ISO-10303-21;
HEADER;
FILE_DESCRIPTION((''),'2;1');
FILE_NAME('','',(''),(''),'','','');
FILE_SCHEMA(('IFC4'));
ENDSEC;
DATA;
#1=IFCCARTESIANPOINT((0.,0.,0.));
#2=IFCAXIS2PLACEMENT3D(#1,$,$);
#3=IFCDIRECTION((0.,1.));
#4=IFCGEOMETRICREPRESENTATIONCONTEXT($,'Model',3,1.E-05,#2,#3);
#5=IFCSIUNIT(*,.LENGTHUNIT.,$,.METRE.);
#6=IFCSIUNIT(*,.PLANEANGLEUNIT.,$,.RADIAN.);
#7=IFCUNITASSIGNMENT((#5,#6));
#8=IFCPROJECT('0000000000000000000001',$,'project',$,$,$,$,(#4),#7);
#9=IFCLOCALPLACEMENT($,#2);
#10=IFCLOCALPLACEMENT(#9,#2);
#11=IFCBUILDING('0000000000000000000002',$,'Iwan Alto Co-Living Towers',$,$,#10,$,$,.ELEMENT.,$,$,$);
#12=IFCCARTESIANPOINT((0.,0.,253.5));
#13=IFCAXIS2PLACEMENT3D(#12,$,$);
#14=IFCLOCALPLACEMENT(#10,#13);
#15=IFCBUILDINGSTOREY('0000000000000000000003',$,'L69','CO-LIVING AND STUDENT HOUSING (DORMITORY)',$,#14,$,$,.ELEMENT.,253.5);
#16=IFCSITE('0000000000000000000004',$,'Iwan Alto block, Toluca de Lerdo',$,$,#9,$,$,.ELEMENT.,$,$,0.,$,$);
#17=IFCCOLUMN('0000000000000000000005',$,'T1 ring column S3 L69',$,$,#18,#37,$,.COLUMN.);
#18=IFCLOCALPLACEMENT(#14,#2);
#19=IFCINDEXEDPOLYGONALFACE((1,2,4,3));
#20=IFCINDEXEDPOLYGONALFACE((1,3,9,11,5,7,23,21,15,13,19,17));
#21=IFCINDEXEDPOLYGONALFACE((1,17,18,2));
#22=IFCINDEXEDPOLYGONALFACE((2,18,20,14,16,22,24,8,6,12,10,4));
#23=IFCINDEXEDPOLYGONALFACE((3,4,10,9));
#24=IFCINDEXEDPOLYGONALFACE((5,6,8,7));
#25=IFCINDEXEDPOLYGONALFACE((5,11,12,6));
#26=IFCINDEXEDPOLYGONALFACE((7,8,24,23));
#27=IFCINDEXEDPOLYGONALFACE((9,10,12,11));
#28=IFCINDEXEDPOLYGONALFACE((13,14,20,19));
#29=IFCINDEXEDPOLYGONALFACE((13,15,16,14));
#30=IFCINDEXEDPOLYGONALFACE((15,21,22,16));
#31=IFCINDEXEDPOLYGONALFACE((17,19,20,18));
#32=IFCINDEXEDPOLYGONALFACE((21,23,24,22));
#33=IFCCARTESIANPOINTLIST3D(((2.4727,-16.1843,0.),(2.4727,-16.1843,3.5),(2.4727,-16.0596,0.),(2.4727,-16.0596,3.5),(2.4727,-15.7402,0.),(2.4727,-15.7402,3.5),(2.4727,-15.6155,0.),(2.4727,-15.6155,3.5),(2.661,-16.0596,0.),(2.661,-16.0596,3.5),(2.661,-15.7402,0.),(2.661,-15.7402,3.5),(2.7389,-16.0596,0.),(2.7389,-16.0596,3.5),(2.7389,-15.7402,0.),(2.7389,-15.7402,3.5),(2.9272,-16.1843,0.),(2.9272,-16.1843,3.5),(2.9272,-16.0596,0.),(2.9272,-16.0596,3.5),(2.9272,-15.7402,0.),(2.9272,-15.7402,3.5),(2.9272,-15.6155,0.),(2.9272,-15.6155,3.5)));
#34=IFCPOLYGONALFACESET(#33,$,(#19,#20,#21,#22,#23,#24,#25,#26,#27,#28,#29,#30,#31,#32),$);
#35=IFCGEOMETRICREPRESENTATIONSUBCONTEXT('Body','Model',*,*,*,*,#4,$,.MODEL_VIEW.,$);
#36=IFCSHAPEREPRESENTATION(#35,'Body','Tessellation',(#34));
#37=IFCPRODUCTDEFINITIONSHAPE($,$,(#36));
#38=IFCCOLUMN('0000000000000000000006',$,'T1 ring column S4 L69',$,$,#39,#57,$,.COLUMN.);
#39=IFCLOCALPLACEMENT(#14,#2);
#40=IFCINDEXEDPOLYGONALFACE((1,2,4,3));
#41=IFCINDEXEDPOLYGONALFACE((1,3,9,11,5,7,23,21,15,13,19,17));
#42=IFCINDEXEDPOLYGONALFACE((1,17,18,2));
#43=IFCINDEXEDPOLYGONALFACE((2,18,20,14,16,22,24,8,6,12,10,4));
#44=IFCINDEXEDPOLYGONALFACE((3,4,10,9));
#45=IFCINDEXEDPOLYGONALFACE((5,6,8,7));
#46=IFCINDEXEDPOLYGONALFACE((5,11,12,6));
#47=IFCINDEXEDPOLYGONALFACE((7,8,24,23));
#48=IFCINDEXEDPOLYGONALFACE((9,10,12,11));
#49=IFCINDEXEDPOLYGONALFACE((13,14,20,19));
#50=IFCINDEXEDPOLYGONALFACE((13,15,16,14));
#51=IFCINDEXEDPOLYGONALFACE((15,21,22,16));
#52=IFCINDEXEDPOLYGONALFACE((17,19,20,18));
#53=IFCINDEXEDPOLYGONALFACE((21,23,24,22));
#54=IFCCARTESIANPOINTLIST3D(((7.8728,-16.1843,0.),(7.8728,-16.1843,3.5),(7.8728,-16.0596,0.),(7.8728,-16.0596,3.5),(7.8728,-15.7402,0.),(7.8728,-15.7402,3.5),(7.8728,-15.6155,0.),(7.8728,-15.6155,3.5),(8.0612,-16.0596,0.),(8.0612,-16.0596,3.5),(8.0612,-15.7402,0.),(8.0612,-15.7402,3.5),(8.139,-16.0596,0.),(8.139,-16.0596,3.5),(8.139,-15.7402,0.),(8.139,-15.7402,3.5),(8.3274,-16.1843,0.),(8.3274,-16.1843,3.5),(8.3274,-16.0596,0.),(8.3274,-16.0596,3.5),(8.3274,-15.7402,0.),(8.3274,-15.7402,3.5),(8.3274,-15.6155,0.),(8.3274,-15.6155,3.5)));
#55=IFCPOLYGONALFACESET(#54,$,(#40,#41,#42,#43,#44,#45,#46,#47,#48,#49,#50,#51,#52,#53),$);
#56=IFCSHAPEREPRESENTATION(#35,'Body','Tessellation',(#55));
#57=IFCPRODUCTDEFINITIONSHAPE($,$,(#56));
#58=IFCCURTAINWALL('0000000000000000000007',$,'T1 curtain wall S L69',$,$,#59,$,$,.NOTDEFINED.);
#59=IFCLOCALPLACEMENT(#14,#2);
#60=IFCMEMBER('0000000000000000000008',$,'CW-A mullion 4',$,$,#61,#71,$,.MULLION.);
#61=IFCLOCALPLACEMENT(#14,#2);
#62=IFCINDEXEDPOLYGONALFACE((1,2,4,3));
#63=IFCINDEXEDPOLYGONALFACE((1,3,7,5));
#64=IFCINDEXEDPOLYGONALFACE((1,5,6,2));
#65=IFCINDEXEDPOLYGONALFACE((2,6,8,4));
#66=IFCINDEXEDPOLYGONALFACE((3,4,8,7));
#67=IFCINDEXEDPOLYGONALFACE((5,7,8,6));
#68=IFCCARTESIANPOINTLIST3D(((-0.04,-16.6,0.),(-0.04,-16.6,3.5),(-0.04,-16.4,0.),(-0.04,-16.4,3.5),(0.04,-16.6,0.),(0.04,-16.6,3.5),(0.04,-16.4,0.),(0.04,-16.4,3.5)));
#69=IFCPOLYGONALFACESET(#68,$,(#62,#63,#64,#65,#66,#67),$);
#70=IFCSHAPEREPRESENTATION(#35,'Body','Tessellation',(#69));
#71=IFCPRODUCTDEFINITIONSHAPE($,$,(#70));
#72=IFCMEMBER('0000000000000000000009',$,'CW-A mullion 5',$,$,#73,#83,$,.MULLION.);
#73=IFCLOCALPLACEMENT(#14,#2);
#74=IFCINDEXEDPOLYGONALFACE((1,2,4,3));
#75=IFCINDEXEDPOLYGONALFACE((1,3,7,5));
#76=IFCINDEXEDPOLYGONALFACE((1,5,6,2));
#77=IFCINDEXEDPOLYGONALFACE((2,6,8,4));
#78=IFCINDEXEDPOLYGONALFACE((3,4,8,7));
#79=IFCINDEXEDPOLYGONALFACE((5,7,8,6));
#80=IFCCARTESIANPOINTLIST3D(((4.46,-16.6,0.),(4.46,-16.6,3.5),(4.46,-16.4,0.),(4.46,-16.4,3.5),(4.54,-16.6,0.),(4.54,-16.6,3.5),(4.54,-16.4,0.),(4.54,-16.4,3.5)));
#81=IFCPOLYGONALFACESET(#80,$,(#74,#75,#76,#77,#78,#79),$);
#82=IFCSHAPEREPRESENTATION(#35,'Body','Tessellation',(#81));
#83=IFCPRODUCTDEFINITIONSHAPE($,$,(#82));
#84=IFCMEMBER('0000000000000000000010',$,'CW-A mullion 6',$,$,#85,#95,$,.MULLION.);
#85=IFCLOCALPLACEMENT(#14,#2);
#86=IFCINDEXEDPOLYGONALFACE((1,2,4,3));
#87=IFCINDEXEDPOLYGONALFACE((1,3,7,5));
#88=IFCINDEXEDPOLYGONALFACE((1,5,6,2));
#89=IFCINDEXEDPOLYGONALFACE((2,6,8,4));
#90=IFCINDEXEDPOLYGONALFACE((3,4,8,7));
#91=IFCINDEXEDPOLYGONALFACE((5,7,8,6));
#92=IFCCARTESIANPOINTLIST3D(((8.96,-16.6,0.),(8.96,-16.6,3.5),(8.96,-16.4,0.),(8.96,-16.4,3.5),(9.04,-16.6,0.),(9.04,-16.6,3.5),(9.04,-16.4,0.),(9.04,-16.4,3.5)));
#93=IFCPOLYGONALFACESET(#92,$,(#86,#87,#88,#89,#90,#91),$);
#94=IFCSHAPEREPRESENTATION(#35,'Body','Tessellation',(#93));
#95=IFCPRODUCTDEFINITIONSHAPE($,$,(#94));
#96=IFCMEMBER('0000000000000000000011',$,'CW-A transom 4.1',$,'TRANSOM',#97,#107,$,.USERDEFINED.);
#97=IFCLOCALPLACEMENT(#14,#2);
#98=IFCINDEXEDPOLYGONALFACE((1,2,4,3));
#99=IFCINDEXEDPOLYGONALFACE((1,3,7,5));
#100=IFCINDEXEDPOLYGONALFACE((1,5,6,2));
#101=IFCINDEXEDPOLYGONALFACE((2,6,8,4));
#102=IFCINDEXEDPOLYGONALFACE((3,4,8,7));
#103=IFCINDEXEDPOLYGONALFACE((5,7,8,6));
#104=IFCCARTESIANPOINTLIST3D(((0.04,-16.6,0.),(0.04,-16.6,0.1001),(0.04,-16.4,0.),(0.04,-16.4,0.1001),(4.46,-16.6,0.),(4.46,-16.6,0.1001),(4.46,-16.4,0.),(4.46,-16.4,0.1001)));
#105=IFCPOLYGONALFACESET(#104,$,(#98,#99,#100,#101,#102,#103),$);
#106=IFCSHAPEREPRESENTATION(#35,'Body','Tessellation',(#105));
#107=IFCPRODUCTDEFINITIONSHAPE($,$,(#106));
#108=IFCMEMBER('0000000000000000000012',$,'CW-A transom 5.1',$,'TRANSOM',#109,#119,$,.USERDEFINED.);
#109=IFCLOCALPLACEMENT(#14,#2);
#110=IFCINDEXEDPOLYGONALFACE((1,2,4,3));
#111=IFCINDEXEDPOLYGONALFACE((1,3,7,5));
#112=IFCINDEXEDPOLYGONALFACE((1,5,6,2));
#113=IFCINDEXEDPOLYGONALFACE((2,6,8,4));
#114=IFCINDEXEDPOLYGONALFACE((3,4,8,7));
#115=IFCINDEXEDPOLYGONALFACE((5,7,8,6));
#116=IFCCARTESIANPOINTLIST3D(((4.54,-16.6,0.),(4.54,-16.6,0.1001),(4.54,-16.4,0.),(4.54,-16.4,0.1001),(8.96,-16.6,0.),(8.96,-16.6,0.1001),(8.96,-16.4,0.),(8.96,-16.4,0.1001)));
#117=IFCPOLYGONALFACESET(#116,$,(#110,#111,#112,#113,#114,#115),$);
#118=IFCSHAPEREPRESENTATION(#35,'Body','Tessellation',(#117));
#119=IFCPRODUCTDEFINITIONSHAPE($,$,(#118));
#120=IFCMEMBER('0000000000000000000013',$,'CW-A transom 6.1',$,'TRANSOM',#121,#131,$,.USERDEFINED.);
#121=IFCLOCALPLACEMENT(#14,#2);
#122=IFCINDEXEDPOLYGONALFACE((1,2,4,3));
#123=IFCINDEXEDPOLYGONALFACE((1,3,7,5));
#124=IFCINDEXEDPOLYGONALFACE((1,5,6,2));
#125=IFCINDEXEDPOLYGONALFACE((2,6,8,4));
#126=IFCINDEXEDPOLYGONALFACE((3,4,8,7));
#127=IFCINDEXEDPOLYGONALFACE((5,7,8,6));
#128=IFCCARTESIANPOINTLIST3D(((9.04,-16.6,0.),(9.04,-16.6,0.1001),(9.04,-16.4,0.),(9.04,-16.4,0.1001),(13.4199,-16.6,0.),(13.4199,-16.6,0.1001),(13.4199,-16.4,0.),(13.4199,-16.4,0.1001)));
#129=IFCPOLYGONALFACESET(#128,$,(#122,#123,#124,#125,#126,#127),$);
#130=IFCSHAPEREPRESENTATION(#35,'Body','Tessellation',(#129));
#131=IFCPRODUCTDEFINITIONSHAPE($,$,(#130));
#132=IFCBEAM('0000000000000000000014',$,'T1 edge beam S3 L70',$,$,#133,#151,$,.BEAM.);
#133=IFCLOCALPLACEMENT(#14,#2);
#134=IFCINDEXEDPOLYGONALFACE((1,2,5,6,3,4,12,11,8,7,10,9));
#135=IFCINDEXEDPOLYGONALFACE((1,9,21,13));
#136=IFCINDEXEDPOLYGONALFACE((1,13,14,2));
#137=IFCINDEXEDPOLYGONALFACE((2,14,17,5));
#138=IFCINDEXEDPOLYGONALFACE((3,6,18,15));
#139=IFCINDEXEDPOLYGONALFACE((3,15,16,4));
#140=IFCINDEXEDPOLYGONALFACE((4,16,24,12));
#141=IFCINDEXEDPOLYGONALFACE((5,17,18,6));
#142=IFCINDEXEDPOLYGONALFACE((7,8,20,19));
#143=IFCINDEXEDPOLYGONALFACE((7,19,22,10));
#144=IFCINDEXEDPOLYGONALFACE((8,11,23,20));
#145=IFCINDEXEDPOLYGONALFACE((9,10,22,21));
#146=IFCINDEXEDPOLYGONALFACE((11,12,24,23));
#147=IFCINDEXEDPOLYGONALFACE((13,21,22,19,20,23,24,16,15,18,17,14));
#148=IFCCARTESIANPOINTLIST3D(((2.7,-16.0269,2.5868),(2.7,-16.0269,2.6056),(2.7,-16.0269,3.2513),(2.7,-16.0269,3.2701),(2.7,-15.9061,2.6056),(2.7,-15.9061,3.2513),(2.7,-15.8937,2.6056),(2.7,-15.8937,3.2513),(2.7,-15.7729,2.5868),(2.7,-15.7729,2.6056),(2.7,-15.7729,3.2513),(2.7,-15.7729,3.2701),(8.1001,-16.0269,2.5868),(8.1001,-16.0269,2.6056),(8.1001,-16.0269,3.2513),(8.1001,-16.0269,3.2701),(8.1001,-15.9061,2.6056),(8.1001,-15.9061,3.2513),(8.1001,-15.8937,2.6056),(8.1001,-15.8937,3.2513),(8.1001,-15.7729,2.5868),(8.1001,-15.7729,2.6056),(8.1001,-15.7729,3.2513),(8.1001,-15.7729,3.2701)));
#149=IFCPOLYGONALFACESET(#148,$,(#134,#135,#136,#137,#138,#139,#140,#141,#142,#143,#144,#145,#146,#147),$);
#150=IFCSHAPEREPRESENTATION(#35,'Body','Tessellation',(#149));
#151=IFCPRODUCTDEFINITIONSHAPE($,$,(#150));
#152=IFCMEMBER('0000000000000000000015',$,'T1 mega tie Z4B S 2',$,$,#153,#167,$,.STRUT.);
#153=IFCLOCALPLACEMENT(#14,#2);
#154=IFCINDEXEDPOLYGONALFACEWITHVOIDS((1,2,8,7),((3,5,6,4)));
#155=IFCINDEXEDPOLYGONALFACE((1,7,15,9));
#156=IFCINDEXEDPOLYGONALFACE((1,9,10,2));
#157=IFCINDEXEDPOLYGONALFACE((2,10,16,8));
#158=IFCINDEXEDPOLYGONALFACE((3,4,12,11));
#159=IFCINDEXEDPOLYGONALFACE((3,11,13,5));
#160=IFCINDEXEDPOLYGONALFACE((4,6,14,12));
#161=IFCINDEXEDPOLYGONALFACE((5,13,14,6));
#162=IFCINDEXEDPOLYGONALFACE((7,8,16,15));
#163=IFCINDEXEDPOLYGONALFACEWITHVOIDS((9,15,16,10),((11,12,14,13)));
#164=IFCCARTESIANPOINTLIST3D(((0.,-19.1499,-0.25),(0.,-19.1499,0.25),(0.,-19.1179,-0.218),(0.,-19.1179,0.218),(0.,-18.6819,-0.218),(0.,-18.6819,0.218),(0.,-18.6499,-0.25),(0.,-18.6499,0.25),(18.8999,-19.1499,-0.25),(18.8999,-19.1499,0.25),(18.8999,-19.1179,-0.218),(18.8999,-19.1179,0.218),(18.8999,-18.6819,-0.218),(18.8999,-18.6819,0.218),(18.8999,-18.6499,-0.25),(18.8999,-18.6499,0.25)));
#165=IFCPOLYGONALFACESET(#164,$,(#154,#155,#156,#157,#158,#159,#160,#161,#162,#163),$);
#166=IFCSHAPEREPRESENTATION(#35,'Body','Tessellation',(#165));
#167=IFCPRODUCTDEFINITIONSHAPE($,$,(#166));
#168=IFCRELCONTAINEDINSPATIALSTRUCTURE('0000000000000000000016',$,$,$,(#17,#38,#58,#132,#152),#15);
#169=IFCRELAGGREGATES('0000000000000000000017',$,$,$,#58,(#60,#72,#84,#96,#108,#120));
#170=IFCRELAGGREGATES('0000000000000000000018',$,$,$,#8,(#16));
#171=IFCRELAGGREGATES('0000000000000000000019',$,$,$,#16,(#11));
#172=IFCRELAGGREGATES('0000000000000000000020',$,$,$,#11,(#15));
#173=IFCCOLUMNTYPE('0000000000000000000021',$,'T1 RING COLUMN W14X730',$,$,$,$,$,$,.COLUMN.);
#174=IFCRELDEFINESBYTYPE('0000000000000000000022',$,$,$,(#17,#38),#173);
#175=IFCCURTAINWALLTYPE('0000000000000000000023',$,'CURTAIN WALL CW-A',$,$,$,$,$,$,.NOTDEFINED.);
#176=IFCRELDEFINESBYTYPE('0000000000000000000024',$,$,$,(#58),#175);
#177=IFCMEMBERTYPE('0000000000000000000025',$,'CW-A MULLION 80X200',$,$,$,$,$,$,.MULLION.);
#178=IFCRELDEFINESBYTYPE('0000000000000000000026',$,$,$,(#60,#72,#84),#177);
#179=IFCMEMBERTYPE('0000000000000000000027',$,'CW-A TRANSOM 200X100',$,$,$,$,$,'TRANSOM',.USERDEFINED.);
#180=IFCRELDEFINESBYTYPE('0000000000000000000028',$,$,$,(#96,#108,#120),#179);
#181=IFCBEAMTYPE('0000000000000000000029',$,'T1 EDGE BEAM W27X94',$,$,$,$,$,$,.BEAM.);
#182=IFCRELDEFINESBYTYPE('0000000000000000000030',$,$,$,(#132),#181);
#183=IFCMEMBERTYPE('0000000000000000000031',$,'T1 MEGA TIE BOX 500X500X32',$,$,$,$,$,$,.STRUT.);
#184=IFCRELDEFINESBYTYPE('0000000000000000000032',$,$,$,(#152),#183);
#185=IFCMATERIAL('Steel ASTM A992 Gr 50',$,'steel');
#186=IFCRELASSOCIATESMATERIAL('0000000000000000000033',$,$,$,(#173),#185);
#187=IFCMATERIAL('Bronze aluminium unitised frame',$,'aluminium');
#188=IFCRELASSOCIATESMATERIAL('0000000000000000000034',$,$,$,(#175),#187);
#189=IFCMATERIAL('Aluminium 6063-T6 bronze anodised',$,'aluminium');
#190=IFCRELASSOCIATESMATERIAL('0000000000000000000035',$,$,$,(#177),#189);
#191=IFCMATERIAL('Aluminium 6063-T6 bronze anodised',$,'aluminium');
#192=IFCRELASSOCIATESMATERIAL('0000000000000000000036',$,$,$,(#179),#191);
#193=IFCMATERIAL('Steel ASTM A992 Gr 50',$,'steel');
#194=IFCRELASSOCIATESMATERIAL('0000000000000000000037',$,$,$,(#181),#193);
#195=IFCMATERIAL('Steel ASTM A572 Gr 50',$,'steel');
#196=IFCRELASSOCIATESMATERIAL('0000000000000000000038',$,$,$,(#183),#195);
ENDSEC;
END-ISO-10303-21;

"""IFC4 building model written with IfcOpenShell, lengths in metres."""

from ifc_helpers import new_model, si_unit, direction, frame, origin, origin_2d, place, context, subcontext, project, spatial, rectangle, hollow_rectangle, i_section, extrude, material, material_profile, profile_set, type_object, element, aggregate, save


model = new_model("IFC4")

# Units and contexts
model_context = context("Model", 3, precision=1e-05, world=origin(), true_north=direction((0.0, 1.0)))
body_context = subcontext(model_context, "Body", "Model", "MODEL_VIEW")
ifc_project = project(units=[si_unit("LENGTHUNIT", "METRE"), si_unit("PLANEANGLEUNIT", "RADIAN")], contexts=[model_context])

# Site, building, storey
site_placement = place(None, origin())
site = spatial("IfcSite", under=ifc_project, at=site_placement, Name="Iwan Alto block, Toluca de Lerdo", CompositionType="ELEMENT", RefElevation=0.0)
building_placement = place(site_placement, origin())
building = spatial("IfcBuilding", under=site, at=building_placement, Name="Iwan Alto Co-Living Towers", CompositionType="ELEMENT")
storey_placement = place(building_placement, frame((0.0, 0.0, 253.5)))
storey = spatial("IfcBuildingStorey", under=building, at=storey_placement, Name="L69", Description="CO-LIVING AND STUDENT HOUSING (DORMITORY)", CompositionType="ELEMENT", Elevation=253.5)

# Columns
ifc_material_1 = material(Name="Steel ASTM A992 Gr 50", Category="steel")
ifc_material_profile_1 = material_profile(ifc_material_1, i_section(OverallWidth=0.4546, OverallDepth=0.5688, WebThickness=0.0779, FlangeThickness=0.1248, at=origin_2d()), Name="W14X730")
ifc_profile_set_1 = profile_set([ifc_material_profile_1], Name="Steel ASTM A992 Gr 50")
column_type = type_object("IfcColumnType", Name="T1 RING COLUMN W14X730", PredefinedType="COLUMN", material=ifc_profile_set_1)
for number, where, z_axis, x_axis, name in (
    (1, (2.7, -15.8999, 0.0), (0.0, 0.0, 1.0), (1.0, 0.0, 0.0), "T1 ring column S3 L69"),
    (2, (8.1001, -15.8999, 0.0), (0.0, 0.0, 1.0), (1.0, 0.0, 0.0), "T1 ring column S4 L69"),
):
    element("IfcColumn", number, at=place(storey_placement, frame(where, z_axis=z_axis, x_axis=x_axis)), inside=storey, type_object=column_type, Name=name, PredefinedType="COLUMN", context=body_context, shape_type="SweptSolid", body=[
        extrude(i_section(OverallWidth=0.4546, OverallDepth=0.5688, WebThickness=0.0779, FlangeThickness=0.1248, at=origin_2d()), origin(), (0.0, 0.0, 1.0), 3.5),
    ])

# Curtain wall, members
ifc_material_2 = material(Name="Bronze aluminium unitised frame", Category="aluminium")
curtain_wall_type = type_object("IfcCurtainWallType", Name="CURTAIN WALL CW-A", PredefinedType="NOTDEFINED", material=ifc_material_2)
curtain_wall_placement = place(storey_placement, origin())
curtain_wall = element("IfcCurtainWall", 3, at=curtain_wall_placement, inside=storey, type_object=curtain_wall_type, Name="T1 curtain wall S L69", PredefinedType="NOTDEFINED")
ifc_material_3 = material(Name="Aluminium 6063-T6 bronze anodised", Category="aluminium")
ifc_material_profile_2 = material_profile(ifc_material_3, rectangle(XDim=0.2, YDim=0.0801, at=origin_2d()), Name="AL 80X200")
ifc_profile_set_2 = profile_set([ifc_material_profile_2], Name="Aluminium 6063-T6 bronze anodised")
member_type_1 = type_object("IfcMemberType", Name="CW-A MULLION 80X200", PredefinedType="MULLION", material=ifc_profile_set_2)
member_1_placement = place(storey_placement, frame((0.0, -16.5, 0.0), z_axis=(0.0, 0.0, 1.0), x_axis=(0.0, 1.0, 0.0)))
member_1 = element("IfcMember", 4, at=member_1_placement, type_object=member_type_1, Name="CW-A mullion 4", PredefinedType="MULLION", context=body_context, shape_type="SweptSolid", body=[
    extrude(rectangle(XDim=0.2, YDim=0.0801, at=origin_2d()), origin(), (0.0, 0.0, 1.0), 3.5),
])
member_2_placement = place(storey_placement, frame((4.5, -16.5, 0.0), z_axis=(0.0, 0.0, 1.0), x_axis=(0.0, 1.0, 0.0)))
member_2 = element("IfcMember", 5, at=member_2_placement, type_object=member_type_1, Name="CW-A mullion 5", PredefinedType="MULLION", context=body_context, shape_type="SweptSolid", body=[
    extrude(rectangle(XDim=0.2, YDim=0.0801, at=origin_2d()), origin(), (0.0, 0.0, 1.0), 3.5),
])
member_3_placement = place(storey_placement, frame((9.0, -16.5, 0.0), z_axis=(0.0, 0.0, 1.0), x_axis=(0.0, 1.0, 0.0)))
member_3 = element("IfcMember", 6, at=member_3_placement, type_object=member_type_1, Name="CW-A mullion 6", PredefinedType="MULLION", context=body_context, shape_type="SweptSolid", body=[
    extrude(rectangle(XDim=0.2, YDim=0.0801, at=origin_2d()), origin(), (0.0, 0.0, 1.0), 3.5),
])
ifc_material_4 = material(Name="Aluminium 6063-T6 bronze anodised", Category="aluminium")
ifc_material_profile_3 = material_profile(ifc_material_4, rectangle(XDim=0.2, YDim=0.1001, at=origin_2d()), Name="AL 200X100")
ifc_profile_set_3 = profile_set([ifc_material_profile_3], Name="Aluminium 6063-T6 bronze anodised")
member_type_2 = type_object("IfcMemberType", Name="CW-A TRANSOM 200X100", ElementType="TRANSOM", PredefinedType="USERDEFINED", material=ifc_profile_set_3)
member_4_placement = place(storey_placement, frame((0.04, -16.5, 0.05), z_axis=(1.0, 0.0, 0.0), x_axis=(0.0, 1.0, 0.0)))
member_4 = element("IfcMember", 7, at=member_4_placement, type_object=member_type_2, Name="CW-A transom 4.1", ObjectType="TRANSOM", PredefinedType="USERDEFINED", context=body_context, shape_type="SweptSolid", body=[
    extrude(rectangle(XDim=0.2, YDim=0.1001, at=origin_2d()), origin(), (0.0, 0.0, 1.0), 4.4199),
])
member_5_placement = place(storey_placement, frame((4.54, -16.5, 0.05), z_axis=(1.0, 0.0, 0.0), x_axis=(0.0, 1.0, 0.0)))
member_5 = element("IfcMember", 8, at=member_5_placement, type_object=member_type_2, Name="CW-A transom 5.1", ObjectType="TRANSOM", PredefinedType="USERDEFINED", context=body_context, shape_type="SweptSolid", body=[
    extrude(rectangle(XDim=0.2, YDim=0.1001, at=origin_2d()), origin(), (0.0, 0.0, 1.0), 4.4199),
])
member_6_placement = place(storey_placement, frame((9.04, -16.5, 0.05), z_axis=(1.0, 0.0, 0.0), x_axis=(0.0, 1.0, 0.0)))
member_6 = element("IfcMember", 9, at=member_6_placement, type_object=member_type_2, Name="CW-A transom 6.1", ObjectType="TRANSOM", PredefinedType="USERDEFINED", context=body_context, shape_type="SweptSolid", body=[
    extrude(rectangle(XDim=0.2, YDim=0.1001, at=origin_2d()), origin(), (0.0, 0.0, 1.0), 4.3799),
])

# Beam
ifc_material_5 = material(Name="Steel ASTM A992 Gr 50", Category="steel")
ifc_material_profile_4 = material_profile(ifc_material_5, i_section(OverallWidth=0.2539, OverallDepth=0.6833, WebThickness=0.0125, FlangeThickness=0.0188, at=origin_2d()), Name="W27X94")
ifc_profile_set_4 = profile_set([ifc_material_profile_4], Name="Steel ASTM A992 Gr 50")
beam_type_1 = type_object("IfcBeamType", Name="T1 EDGE BEAM W27X94", PredefinedType="BEAM", material=ifc_profile_set_4)
beam_1_placement = place(storey_placement, frame((2.7, -15.8999, 2.9285), z_axis=(1.0, 0.0, 0.0), x_axis=(0.0, 1.0, 0.0)))
element("IfcBeam", 10, at=beam_1_placement, inside=storey, type_object=beam_type_1, Name="T1 edge beam S3 L70", PredefinedType="BEAM", context=body_context, shape_type="SweptSolid", body=[
    extrude(i_section(OverallWidth=0.2539, OverallDepth=0.6833, WebThickness=0.0125, FlangeThickness=0.0188, at=origin_2d()), origin(), (0.0, 0.0, 1.0), 5.4001),
])

# Member
ifc_material_6 = material(Name="Steel ASTM A572 Gr 50", Category="steel")
ifc_material_profile_5 = material_profile(ifc_material_6, hollow_rectangle(XDim=0.5, YDim=0.5, WallThickness=0.032, at=origin_2d()), Name="BOX 500X500X32")
ifc_profile_set_5 = profile_set([ifc_material_profile_5], Name="Steel ASTM A572 Gr 50")
member_type_3 = type_object("IfcMemberType", Name="T1 MEGA TIE BOX 500X500X32", PredefinedType="STRUT", material=ifc_profile_set_5)
member_7_placement = place(storey_placement, frame((0.0, -18.8999, 0.0), z_axis=(1.0, 0.0, 0.0), x_axis=(0.0, 1.0, 0.0)))
element("IfcMember", 11, at=member_7_placement, inside=storey, type_object=member_type_3, Name="T1 mega tie Z4B S 2", PredefinedType="STRUT", context=body_context, shape_type="SweptSolid", body=[
    extrude(hollow_rectangle(XDim=0.5, YDim=0.5, WallThickness=0.032, at=origin_2d()), origin(), (0.0, 0.0, 1.0), 18.8999),
])

aggregate(curtain_wall, [member_1, member_2, member_3, member_4, member_5, member_6])

save(model, "model.ifc")
